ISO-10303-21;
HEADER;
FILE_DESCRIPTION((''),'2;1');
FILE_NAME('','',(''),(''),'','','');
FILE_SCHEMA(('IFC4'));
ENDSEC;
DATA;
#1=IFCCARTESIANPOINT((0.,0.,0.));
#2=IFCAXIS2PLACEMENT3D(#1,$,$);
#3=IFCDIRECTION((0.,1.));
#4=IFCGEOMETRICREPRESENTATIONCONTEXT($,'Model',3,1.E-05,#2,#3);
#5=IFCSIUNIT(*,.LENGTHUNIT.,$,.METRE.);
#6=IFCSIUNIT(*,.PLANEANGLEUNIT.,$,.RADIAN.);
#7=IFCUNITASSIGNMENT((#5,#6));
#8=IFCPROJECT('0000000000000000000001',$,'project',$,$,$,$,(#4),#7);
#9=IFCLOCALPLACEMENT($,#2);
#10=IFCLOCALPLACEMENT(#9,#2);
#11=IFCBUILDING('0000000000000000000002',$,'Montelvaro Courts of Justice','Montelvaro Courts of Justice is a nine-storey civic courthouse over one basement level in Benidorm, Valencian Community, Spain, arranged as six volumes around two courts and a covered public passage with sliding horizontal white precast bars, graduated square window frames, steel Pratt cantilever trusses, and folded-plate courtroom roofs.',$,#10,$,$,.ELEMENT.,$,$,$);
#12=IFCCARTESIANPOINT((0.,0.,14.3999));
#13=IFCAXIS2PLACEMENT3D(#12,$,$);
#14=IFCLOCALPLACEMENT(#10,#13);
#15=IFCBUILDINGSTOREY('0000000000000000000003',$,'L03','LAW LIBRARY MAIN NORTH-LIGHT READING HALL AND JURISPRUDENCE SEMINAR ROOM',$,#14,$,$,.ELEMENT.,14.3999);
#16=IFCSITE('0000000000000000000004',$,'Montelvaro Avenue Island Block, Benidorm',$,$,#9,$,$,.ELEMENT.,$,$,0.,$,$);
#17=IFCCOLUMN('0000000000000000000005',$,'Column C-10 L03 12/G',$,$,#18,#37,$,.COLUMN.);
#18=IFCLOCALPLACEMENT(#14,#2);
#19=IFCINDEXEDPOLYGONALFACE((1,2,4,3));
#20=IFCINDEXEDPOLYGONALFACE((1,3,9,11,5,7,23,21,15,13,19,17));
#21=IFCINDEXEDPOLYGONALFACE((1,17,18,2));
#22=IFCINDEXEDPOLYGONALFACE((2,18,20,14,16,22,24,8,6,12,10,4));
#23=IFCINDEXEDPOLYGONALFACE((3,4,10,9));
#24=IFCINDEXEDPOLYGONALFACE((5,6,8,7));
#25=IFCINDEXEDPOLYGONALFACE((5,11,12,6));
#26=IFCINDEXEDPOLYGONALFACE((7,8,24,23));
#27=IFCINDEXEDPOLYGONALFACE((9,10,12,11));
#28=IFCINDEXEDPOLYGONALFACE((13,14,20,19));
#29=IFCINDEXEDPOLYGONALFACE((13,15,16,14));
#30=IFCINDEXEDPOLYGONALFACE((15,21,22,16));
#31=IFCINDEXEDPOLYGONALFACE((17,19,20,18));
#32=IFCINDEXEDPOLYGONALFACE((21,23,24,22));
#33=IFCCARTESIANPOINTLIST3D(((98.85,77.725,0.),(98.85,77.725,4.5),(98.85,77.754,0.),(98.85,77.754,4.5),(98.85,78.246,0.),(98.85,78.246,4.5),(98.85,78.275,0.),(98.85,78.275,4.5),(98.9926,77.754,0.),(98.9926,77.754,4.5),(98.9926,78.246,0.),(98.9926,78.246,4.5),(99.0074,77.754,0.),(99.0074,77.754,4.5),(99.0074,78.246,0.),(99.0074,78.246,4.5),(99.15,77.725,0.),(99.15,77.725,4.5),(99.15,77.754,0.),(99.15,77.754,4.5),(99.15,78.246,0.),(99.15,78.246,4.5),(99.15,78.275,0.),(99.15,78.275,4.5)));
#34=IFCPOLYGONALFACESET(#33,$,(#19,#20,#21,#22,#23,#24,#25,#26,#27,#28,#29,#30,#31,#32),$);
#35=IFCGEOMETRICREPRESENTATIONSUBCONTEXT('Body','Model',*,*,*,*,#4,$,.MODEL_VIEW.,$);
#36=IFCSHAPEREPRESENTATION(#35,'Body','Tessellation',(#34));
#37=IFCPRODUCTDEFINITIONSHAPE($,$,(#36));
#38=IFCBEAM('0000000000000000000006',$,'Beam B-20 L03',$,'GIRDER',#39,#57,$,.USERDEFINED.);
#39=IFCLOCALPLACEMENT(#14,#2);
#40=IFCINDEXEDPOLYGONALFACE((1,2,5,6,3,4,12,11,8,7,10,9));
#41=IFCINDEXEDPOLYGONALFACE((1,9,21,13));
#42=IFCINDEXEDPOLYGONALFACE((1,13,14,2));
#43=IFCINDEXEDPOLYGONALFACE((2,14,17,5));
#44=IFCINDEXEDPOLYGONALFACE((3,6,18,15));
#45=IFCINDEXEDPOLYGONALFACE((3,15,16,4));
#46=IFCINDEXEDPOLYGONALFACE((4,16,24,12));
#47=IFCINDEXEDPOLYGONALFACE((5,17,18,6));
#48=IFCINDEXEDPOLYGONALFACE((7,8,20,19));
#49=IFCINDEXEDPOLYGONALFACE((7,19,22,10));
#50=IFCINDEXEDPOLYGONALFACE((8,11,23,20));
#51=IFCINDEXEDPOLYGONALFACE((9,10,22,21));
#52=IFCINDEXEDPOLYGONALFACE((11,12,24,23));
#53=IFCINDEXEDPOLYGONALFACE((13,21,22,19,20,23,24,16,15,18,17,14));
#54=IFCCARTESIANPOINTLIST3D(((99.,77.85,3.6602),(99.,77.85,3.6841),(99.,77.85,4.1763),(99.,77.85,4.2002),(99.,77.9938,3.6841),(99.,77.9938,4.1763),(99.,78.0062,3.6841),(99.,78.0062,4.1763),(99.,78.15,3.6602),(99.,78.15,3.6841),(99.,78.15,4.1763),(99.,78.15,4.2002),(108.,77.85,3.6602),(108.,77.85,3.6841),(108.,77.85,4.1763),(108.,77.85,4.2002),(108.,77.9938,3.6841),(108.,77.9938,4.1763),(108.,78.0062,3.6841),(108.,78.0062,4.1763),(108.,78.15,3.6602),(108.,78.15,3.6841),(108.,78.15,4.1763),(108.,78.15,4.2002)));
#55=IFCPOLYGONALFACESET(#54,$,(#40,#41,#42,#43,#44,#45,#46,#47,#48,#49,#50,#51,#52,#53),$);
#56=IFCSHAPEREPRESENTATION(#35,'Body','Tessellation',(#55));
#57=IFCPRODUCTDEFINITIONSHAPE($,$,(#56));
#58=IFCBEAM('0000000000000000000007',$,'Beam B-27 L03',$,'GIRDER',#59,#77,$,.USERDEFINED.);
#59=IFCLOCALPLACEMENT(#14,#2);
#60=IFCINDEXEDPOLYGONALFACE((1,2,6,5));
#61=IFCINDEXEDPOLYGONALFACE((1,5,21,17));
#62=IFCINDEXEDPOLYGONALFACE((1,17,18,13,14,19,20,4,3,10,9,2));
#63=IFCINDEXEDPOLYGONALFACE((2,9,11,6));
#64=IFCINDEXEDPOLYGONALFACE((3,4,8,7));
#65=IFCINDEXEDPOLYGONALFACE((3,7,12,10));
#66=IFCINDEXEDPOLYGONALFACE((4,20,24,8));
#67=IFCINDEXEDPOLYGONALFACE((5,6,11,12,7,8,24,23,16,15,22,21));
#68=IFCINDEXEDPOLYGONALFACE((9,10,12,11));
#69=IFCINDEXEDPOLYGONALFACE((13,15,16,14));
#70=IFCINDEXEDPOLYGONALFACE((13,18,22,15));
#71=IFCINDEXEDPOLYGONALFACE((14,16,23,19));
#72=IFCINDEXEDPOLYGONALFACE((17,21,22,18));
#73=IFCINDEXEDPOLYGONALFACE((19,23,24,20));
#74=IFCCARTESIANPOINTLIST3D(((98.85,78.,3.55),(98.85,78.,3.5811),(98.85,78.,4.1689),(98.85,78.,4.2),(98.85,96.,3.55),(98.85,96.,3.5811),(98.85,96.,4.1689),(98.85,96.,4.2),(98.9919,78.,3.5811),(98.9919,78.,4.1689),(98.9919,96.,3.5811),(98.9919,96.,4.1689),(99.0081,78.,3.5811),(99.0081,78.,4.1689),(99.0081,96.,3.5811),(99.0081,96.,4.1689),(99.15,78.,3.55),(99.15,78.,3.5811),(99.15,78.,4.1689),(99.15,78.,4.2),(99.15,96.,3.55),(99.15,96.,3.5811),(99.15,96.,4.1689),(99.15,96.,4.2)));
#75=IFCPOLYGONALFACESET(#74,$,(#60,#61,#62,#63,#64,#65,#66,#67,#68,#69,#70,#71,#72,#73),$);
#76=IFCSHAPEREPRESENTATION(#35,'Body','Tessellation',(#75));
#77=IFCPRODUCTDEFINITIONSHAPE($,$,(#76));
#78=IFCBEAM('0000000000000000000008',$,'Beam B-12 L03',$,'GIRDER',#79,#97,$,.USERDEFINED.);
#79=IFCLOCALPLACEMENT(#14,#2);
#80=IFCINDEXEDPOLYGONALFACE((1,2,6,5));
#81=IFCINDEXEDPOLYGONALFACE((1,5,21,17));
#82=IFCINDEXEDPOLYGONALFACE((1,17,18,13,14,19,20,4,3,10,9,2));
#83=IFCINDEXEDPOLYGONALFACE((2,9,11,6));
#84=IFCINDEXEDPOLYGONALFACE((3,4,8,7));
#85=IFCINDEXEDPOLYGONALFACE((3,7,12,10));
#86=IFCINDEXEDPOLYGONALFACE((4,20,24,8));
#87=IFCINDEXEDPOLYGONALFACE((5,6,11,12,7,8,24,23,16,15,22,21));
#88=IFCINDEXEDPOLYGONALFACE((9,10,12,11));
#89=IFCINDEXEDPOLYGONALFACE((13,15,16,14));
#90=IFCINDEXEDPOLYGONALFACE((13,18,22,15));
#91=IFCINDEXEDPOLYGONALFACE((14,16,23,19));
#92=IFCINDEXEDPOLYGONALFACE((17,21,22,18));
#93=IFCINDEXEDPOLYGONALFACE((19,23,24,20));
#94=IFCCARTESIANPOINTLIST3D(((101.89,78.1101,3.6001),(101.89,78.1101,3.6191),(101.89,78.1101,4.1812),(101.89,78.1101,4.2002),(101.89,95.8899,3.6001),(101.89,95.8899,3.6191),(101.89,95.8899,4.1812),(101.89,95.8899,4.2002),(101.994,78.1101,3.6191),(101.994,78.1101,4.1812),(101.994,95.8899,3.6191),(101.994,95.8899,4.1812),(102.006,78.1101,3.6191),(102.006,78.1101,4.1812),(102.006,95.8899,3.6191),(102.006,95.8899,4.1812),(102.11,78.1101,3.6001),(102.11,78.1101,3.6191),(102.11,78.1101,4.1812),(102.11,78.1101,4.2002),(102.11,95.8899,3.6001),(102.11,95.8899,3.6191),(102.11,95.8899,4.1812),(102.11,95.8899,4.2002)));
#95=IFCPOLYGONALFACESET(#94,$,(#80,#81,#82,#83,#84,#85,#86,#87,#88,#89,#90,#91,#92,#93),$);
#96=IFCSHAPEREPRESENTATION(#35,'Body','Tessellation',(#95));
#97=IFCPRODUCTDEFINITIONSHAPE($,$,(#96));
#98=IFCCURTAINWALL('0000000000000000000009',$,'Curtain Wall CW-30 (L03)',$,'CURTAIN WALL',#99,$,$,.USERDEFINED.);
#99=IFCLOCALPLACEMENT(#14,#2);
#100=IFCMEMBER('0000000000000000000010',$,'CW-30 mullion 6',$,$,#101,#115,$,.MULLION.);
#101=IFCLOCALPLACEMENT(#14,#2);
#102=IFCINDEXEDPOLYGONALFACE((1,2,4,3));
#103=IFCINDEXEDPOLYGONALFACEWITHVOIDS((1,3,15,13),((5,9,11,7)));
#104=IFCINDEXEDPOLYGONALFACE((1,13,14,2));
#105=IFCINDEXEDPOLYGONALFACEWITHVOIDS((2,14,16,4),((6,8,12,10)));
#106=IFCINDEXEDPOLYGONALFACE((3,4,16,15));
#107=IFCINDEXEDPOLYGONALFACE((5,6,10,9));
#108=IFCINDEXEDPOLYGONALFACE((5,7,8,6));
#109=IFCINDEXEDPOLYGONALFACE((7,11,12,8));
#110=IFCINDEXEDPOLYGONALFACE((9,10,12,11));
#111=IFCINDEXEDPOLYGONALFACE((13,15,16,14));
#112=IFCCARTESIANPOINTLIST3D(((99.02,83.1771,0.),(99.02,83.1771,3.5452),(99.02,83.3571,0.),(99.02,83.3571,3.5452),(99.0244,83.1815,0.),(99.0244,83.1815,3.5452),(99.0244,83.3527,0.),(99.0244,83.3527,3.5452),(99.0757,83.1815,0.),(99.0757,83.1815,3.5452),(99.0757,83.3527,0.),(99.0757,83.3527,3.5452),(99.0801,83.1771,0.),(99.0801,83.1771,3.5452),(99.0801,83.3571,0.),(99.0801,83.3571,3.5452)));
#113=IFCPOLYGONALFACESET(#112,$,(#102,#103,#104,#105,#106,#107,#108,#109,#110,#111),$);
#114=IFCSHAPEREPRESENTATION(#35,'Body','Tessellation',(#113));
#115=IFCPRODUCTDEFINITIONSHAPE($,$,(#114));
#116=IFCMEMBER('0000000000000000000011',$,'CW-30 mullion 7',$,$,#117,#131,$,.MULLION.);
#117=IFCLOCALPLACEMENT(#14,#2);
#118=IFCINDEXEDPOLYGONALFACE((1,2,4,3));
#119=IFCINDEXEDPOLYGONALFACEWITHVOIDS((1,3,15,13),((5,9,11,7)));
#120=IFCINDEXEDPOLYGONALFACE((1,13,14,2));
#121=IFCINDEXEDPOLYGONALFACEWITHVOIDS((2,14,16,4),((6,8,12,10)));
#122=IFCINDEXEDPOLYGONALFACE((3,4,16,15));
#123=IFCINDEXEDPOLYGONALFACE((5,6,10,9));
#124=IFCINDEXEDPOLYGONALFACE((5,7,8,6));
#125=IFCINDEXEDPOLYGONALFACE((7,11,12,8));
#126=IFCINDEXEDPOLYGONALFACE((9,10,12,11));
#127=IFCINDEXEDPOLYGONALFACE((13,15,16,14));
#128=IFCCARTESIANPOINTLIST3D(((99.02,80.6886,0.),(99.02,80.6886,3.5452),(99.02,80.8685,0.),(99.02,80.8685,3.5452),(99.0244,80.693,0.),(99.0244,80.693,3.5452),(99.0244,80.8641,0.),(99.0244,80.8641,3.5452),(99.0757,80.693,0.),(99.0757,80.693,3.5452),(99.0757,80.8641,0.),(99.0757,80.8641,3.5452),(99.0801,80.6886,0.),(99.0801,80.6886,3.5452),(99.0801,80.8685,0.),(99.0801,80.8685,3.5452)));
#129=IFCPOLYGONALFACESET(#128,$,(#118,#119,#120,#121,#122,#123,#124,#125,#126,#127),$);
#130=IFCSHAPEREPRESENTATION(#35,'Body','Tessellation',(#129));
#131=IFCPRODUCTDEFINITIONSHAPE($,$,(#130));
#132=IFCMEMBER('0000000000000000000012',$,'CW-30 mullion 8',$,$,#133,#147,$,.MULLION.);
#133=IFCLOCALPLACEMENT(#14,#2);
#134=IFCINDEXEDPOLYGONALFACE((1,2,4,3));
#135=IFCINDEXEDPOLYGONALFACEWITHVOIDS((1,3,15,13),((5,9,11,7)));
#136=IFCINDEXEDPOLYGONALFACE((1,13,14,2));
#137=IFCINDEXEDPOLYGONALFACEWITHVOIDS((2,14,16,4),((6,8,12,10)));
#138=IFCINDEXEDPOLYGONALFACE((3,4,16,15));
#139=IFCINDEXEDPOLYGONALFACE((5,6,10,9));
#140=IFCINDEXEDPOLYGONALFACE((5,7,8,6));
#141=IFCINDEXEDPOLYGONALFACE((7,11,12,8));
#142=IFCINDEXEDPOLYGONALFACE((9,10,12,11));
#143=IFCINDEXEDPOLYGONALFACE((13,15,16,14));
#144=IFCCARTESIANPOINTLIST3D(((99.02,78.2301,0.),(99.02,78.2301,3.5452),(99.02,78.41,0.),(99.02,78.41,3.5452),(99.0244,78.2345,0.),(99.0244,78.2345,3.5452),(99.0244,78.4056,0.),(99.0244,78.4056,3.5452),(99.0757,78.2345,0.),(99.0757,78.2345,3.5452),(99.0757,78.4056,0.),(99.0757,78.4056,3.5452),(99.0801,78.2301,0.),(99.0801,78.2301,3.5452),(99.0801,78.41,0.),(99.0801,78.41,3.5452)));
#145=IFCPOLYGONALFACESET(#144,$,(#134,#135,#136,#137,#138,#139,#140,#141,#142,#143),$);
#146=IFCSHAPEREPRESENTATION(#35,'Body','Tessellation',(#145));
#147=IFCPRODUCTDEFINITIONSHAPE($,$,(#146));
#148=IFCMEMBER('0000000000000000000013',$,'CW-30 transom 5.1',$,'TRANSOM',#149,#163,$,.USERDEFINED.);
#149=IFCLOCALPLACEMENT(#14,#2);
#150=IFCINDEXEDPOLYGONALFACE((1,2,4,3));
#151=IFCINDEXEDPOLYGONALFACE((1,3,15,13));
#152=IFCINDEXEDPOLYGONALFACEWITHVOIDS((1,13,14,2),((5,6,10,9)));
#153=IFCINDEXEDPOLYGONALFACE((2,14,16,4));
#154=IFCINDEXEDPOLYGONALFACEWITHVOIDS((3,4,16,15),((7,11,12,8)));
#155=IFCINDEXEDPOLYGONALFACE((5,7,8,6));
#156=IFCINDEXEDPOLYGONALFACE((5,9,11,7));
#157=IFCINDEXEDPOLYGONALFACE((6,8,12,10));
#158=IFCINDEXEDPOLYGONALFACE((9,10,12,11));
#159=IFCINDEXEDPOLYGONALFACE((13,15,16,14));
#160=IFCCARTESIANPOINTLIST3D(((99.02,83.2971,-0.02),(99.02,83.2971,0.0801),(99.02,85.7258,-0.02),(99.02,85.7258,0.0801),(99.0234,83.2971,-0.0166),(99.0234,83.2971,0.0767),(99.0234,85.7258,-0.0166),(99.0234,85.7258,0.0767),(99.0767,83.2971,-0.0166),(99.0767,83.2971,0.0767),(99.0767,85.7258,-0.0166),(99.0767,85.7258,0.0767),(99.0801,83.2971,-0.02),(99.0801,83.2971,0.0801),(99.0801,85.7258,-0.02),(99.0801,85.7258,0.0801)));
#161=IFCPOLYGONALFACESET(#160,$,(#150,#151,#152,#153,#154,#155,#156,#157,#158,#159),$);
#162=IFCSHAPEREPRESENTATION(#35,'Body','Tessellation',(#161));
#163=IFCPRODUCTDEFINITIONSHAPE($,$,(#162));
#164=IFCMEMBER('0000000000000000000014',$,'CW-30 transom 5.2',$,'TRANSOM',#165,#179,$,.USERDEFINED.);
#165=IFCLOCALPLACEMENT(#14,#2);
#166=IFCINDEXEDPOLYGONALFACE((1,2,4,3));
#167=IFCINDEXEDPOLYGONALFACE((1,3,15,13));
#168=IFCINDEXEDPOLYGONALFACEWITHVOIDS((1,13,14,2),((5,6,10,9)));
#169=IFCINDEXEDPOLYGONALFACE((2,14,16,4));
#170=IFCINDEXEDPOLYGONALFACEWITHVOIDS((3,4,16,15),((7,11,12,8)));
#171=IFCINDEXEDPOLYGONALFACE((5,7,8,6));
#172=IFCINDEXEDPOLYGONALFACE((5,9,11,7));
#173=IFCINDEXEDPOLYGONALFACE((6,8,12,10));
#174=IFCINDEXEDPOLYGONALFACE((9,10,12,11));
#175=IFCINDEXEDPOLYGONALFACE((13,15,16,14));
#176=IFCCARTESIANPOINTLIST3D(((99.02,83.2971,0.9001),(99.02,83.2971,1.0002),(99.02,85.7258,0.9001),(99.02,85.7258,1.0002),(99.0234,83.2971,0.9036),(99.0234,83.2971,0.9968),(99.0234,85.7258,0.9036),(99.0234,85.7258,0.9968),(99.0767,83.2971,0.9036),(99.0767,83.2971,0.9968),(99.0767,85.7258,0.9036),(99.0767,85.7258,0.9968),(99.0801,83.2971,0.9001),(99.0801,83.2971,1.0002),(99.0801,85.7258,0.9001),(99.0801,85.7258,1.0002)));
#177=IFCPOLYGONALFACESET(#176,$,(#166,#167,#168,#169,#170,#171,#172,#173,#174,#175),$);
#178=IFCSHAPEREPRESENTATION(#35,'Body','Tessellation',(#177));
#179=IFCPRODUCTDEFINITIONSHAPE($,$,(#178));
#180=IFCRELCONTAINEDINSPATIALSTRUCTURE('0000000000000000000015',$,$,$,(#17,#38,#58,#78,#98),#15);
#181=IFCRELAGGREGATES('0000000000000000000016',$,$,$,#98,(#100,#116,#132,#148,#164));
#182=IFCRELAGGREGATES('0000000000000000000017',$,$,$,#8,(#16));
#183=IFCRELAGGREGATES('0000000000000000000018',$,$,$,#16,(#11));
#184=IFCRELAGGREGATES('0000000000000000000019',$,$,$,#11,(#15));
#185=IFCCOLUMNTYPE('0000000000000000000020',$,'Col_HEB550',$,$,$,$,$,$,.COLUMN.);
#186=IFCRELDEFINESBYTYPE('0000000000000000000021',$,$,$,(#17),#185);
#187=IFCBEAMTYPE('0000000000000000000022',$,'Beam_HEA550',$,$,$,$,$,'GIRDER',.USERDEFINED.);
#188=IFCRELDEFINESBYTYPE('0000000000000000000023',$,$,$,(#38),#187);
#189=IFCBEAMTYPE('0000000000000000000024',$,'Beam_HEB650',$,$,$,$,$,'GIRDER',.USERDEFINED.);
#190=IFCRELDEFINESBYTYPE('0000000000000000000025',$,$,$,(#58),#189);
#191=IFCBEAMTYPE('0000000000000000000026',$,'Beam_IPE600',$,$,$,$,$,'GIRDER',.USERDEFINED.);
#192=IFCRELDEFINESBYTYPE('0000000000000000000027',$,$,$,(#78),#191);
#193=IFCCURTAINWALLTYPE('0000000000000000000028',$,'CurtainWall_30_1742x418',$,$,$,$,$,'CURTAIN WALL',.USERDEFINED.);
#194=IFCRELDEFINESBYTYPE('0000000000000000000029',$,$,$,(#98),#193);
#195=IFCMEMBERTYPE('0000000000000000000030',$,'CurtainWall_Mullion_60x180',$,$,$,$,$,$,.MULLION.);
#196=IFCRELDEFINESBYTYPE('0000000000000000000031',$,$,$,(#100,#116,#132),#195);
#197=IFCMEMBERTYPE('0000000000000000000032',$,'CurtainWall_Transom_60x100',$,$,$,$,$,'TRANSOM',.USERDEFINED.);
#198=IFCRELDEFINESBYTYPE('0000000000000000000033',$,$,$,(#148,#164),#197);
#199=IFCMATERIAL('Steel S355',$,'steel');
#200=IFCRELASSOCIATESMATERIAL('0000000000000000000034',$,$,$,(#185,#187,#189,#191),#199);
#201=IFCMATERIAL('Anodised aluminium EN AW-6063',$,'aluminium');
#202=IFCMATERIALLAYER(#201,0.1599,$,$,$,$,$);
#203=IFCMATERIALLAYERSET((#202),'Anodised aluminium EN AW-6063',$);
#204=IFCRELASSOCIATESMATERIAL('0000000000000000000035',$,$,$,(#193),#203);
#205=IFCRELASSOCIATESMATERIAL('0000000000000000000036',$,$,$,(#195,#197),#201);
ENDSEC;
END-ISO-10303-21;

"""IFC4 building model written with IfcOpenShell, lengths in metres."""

from ifc_helpers import new_model, si_unit, direction, frame, origin, origin_2d, place, context, subcontext, project, spatial, hollow_rectangle, i_section, extrude, material, layer, layer_set, material_profile, profile_set, type_object, element, aggregate, save


model = new_model("IFC4")

# Units and contexts
model_context = context("Model", 3, precision=1e-05, world=origin(), true_north=direction((0.0, 1.0)))
body_context = subcontext(model_context, "Body", "Model", "MODEL_VIEW")
ifc_project = project(units=[si_unit("LENGTHUNIT", "METRE"), si_unit("PLANEANGLEUNIT", "RADIAN")], contexts=[model_context])

# Site, building, storey
site_placement = place(None, origin())
site = spatial("IfcSite", under=ifc_project, at=site_placement, Name="Montelvaro Avenue Island Block, Benidorm", CompositionType="ELEMENT", RefElevation=0.0)
building_placement = place(site_placement, origin())
building = spatial("IfcBuilding", under=site, at=building_placement, Name="Montelvaro Courts of Justice", Description="Montelvaro Courts of Justice is a nine-storey civic courthouse over one basement level in Benidorm, Valencian Community, Spain, arranged as six volumes around two courts and a covered public passage with sliding horizontal white precast bars, graduated square window frames, steel Pratt cantilever trusses, and folded-plate courtroom roofs.", CompositionType="ELEMENT")
storey_placement = place(building_placement, frame((0.0, 0.0, 14.3999)))
storey = spatial("IfcBuildingStorey", under=building, at=storey_placement, Name="L03", Description="LAW LIBRARY MAIN NORTH-LIGHT READING HALL AND JURISPRUDENCE SEMINAR ROOM", CompositionType="ELEMENT", Elevation=14.3999)

# Column
ifc_material_1 = material(Name="Steel S355", Category="steel")
ifc_material_profile_1 = material_profile(ifc_material_1, i_section(OverallWidth=0.3, OverallDepth=0.55, WebThickness=0.0149, FlangeThickness=0.0291, at=origin_2d()), Name="HEB 550")
ifc_profile_set_1 = profile_set([ifc_material_profile_1], Name="Steel S355")
column_type = type_object("IfcColumnType", Name="Col_HEB550", PredefinedType="COLUMN", material=ifc_profile_set_1)
column_placement = place(storey_placement, frame((99.0, 78.0, 0.0), z_axis=(0.0, 0.0, 1.0), x_axis=(1.0, 0.0, 0.0)))
element("IfcColumn", 1, at=column_placement, inside=storey, type_object=column_type, Name="Column C-10 L03 12/G", PredefinedType="COLUMN", context=body_context, shape_type="SweptSolid", body=[
    extrude(i_section(OverallWidth=0.3, OverallDepth=0.55, WebThickness=0.0149, FlangeThickness=0.0291, at=origin_2d()), origin(), (0.0, 0.0, 1.0), 4.5),
])

# Beams
ifc_material_profile_2 = material_profile(ifc_material_1, i_section(OverallWidth=0.3, OverallDepth=0.54, WebThickness=0.0125, FlangeThickness=0.0239, at=origin_2d()), Name="HEA 550")
ifc_profile_set_2 = profile_set([ifc_material_profile_2], Name="Steel S355")
beam_type_1 = type_object("IfcBeamType", Name="Beam_HEA550", ElementType="GIRDER", PredefinedType="USERDEFINED", material=ifc_profile_set_2)
beam_1_placement = place(storey_placement, frame((99.0, 78.0, 3.9302), z_axis=(1.0, 0.0, 0.0), x_axis=(0.0, 1.0, 0.0)))
element("IfcBeam", 2, at=beam_1_placement, inside=storey, type_object=beam_type_1, Name="Beam B-20 L03", ObjectType="GIRDER", PredefinedType="USERDEFINED", context=body_context, shape_type="SweptSolid", body=[
    extrude(i_section(OverallWidth=0.3, OverallDepth=0.54, WebThickness=0.0125, FlangeThickness=0.0239, at=origin_2d()), origin(), (0.0, 0.0, 1.0), 9.0),
])
ifc_material_profile_3 = material_profile(ifc_material_1, i_section(OverallWidth=0.3, OverallDepth=0.6499, WebThickness=0.0161, FlangeThickness=0.031, at=origin_2d()), Name="HEB 650")
ifc_profile_set_3 = profile_set([ifc_material_profile_3], Name="Steel S355")
beam_type_2 = type_object("IfcBeamType", Name="Beam_HEB650", ElementType="GIRDER", PredefinedType="USERDEFINED", material=ifc_profile_set_3)
beam_2_placement = place(storey_placement, frame((99.0, 78.0, 3.875), z_axis=(0.0, 1.0, 0.0), x_axis=(-1.0, 0.0, 0.0)))
element("IfcBeam", 3, at=beam_2_placement, inside=storey, type_object=beam_type_2, Name="Beam B-27 L03", ObjectType="GIRDER", PredefinedType="USERDEFINED", context=body_context, shape_type="SweptSolid", body=[
    extrude(i_section(OverallWidth=0.3, OverallDepth=0.6499, WebThickness=0.0161, FlangeThickness=0.031, at=origin_2d()), origin(), (0.0, 0.0, 1.0), 18.0),
])
ifc_material_profile_4 = material_profile(ifc_material_1, i_section(OverallWidth=0.22, OverallDepth=0.6001, WebThickness=0.012, FlangeThickness=0.019, at=origin_2d()), Name="IPE 600")
ifc_profile_set_4 = profile_set([ifc_material_profile_4], Name="Steel S355")
beam_type_3 = type_object("IfcBeamType", Name="Beam_IPE600", ElementType="GIRDER", PredefinedType="USERDEFINED", material=ifc_profile_set_4)
beam_3_placement = place(storey_placement, frame((102.0, 78.1101, 3.9001), z_axis=(0.0, 1.0, 0.0), x_axis=(-1.0, 0.0, 0.0)))
element("IfcBeam", 4, at=beam_3_placement, inside=storey, type_object=beam_type_3, Name="Beam B-12 L03", ObjectType="GIRDER", PredefinedType="USERDEFINED", context=body_context, shape_type="SweptSolid", body=[
    extrude(i_section(OverallWidth=0.22, OverallDepth=0.6001, WebThickness=0.012, FlangeThickness=0.019, at=origin_2d()), origin(), (0.0, 0.0, 1.0), 17.7798),
])

# Curtain wall, members
ifc_material_2 = material(Name="Anodised aluminium EN AW-6063", Category="aluminium")
ifc_layer_1 = layer(ifc_material_2, 0.1599)
ifc_layer_set_1 = layer_set([ifc_layer_1], Name="Anodised aluminium EN AW-6063")
curtain_wall_type = type_object("IfcCurtainWallType", Name="CurtainWall_30_1742x418", ElementType="CURTAIN WALL", PredefinedType="USERDEFINED", material=ifc_layer_set_1)
curtain_wall_placement = place(storey_placement, origin())
curtain_wall = element("IfcCurtainWall", 5, at=curtain_wall_placement, inside=storey, type_object=curtain_wall_type, Name="Curtain Wall CW-30 (L03)", ObjectType="CURTAIN WALL", PredefinedType="USERDEFINED")
ifc_material_profile_5 = material_profile(ifc_material_2, hollow_rectangle(XDim=0.0601, YDim=0.1799, WallThickness=0.0044, at=origin_2d()), Name="ALU-M 60x180")
ifc_profile_set_5 = profile_set([ifc_material_profile_5], Name="Anodised aluminium EN AW-6063")
member_type_1 = type_object("IfcMemberType", Name="CurtainWall_Mullion_60x180", PredefinedType="MULLION", material=ifc_profile_set_5)
member_1_placement = place(storey_placement, frame((99.05, 83.2671, 0.0), z_axis=(0.0, 0.0, 1.0), x_axis=(1.0, 0.0, 0.0)))
member_1 = element("IfcMember", 6, at=member_1_placement, type_object=member_type_1, Name="CW-30 mullion 6", PredefinedType="MULLION", context=body_context, shape_type="SweptSolid", body=[
    extrude(hollow_rectangle(XDim=0.0601, YDim=0.1799, WallThickness=0.0044, at=origin_2d()), origin(), (0.0, 0.0, 1.0), 3.5452),
])
member_2_placement = place(storey_placement, frame((99.05, 80.7786, 0.0), z_axis=(0.0, 0.0, 1.0), x_axis=(1.0, 0.0, 0.0)))
member_2 = element("IfcMember", 7, at=member_2_placement, type_object=member_type_1, Name="CW-30 mullion 7", PredefinedType="MULLION", context=body_context, shape_type="SweptSolid", body=[
    extrude(hollow_rectangle(XDim=0.0601, YDim=0.1799, WallThickness=0.0044, at=origin_2d()), origin(), (0.0, 0.0, 1.0), 3.5452),
])
member_3_placement = place(storey_placement, frame((99.05, 78.3201, 0.0), z_axis=(0.0, 0.0, 1.0), x_axis=(1.0, 0.0, 0.0)))
member_3 = element("IfcMember", 8, at=member_3_placement, type_object=member_type_1, Name="CW-30 mullion 8", PredefinedType="MULLION", context=body_context, shape_type="SweptSolid", body=[
    extrude(hollow_rectangle(XDim=0.0601, YDim=0.1799, WallThickness=0.0044, at=origin_2d()), origin(), (0.0, 0.0, 1.0), 3.5452),
])
ifc_material_profile_6 = material_profile(ifc_material_2, hollow_rectangle(XDim=0.0601, YDim=0.1001, WallThickness=0.0034, at=origin_2d()), Name="ALU-T 60x100")
ifc_profile_set_6 = profile_set([ifc_material_profile_6], Name="Anodised aluminium EN AW-6063")
member_type_2 = type_object("IfcMemberType", Name="CurtainWall_Transom_60x100", ElementType="TRANSOM", PredefinedType="USERDEFINED", material=ifc_profile_set_6)
member_4_placement = place(storey_placement, frame((99.05, 85.7258, 0.03), z_axis=(0.0, -1.0, 0.0), x_axis=(1.0, 0.0, 0.0)))
member_4 = element("IfcMember", 9, at=member_4_placement, type_object=member_type_2, Name="CW-30 transom 5.1", ObjectType="TRANSOM", PredefinedType="USERDEFINED", context=body_context, shape_type="SweptSolid", body=[
    extrude(hollow_rectangle(XDim=0.0601, YDim=0.1001, WallThickness=0.0034, at=origin_2d()), origin(), (0.0, 0.0, 1.0), 2.4287),
])
member_5_placement = place(storey_placement, frame((99.05, 85.7258, 0.9502), z_axis=(0.0, -1.0, 0.0), x_axis=(1.0, 0.0, 0.0)))
member_5 = element("IfcMember", 10, at=member_5_placement, type_object=member_type_2, Name="CW-30 transom 5.2", ObjectType="TRANSOM", PredefinedType="USERDEFINED", context=body_context, shape_type="SweptSolid", body=[
    extrude(hollow_rectangle(XDim=0.0601, YDim=0.1001, WallThickness=0.0034, at=origin_2d()), origin(), (0.0, 0.0, 1.0), 2.4287),
])

aggregate(curtain_wall, [member_1, member_2, member_3, member_4, member_5])

save(model, "model.ifc")
